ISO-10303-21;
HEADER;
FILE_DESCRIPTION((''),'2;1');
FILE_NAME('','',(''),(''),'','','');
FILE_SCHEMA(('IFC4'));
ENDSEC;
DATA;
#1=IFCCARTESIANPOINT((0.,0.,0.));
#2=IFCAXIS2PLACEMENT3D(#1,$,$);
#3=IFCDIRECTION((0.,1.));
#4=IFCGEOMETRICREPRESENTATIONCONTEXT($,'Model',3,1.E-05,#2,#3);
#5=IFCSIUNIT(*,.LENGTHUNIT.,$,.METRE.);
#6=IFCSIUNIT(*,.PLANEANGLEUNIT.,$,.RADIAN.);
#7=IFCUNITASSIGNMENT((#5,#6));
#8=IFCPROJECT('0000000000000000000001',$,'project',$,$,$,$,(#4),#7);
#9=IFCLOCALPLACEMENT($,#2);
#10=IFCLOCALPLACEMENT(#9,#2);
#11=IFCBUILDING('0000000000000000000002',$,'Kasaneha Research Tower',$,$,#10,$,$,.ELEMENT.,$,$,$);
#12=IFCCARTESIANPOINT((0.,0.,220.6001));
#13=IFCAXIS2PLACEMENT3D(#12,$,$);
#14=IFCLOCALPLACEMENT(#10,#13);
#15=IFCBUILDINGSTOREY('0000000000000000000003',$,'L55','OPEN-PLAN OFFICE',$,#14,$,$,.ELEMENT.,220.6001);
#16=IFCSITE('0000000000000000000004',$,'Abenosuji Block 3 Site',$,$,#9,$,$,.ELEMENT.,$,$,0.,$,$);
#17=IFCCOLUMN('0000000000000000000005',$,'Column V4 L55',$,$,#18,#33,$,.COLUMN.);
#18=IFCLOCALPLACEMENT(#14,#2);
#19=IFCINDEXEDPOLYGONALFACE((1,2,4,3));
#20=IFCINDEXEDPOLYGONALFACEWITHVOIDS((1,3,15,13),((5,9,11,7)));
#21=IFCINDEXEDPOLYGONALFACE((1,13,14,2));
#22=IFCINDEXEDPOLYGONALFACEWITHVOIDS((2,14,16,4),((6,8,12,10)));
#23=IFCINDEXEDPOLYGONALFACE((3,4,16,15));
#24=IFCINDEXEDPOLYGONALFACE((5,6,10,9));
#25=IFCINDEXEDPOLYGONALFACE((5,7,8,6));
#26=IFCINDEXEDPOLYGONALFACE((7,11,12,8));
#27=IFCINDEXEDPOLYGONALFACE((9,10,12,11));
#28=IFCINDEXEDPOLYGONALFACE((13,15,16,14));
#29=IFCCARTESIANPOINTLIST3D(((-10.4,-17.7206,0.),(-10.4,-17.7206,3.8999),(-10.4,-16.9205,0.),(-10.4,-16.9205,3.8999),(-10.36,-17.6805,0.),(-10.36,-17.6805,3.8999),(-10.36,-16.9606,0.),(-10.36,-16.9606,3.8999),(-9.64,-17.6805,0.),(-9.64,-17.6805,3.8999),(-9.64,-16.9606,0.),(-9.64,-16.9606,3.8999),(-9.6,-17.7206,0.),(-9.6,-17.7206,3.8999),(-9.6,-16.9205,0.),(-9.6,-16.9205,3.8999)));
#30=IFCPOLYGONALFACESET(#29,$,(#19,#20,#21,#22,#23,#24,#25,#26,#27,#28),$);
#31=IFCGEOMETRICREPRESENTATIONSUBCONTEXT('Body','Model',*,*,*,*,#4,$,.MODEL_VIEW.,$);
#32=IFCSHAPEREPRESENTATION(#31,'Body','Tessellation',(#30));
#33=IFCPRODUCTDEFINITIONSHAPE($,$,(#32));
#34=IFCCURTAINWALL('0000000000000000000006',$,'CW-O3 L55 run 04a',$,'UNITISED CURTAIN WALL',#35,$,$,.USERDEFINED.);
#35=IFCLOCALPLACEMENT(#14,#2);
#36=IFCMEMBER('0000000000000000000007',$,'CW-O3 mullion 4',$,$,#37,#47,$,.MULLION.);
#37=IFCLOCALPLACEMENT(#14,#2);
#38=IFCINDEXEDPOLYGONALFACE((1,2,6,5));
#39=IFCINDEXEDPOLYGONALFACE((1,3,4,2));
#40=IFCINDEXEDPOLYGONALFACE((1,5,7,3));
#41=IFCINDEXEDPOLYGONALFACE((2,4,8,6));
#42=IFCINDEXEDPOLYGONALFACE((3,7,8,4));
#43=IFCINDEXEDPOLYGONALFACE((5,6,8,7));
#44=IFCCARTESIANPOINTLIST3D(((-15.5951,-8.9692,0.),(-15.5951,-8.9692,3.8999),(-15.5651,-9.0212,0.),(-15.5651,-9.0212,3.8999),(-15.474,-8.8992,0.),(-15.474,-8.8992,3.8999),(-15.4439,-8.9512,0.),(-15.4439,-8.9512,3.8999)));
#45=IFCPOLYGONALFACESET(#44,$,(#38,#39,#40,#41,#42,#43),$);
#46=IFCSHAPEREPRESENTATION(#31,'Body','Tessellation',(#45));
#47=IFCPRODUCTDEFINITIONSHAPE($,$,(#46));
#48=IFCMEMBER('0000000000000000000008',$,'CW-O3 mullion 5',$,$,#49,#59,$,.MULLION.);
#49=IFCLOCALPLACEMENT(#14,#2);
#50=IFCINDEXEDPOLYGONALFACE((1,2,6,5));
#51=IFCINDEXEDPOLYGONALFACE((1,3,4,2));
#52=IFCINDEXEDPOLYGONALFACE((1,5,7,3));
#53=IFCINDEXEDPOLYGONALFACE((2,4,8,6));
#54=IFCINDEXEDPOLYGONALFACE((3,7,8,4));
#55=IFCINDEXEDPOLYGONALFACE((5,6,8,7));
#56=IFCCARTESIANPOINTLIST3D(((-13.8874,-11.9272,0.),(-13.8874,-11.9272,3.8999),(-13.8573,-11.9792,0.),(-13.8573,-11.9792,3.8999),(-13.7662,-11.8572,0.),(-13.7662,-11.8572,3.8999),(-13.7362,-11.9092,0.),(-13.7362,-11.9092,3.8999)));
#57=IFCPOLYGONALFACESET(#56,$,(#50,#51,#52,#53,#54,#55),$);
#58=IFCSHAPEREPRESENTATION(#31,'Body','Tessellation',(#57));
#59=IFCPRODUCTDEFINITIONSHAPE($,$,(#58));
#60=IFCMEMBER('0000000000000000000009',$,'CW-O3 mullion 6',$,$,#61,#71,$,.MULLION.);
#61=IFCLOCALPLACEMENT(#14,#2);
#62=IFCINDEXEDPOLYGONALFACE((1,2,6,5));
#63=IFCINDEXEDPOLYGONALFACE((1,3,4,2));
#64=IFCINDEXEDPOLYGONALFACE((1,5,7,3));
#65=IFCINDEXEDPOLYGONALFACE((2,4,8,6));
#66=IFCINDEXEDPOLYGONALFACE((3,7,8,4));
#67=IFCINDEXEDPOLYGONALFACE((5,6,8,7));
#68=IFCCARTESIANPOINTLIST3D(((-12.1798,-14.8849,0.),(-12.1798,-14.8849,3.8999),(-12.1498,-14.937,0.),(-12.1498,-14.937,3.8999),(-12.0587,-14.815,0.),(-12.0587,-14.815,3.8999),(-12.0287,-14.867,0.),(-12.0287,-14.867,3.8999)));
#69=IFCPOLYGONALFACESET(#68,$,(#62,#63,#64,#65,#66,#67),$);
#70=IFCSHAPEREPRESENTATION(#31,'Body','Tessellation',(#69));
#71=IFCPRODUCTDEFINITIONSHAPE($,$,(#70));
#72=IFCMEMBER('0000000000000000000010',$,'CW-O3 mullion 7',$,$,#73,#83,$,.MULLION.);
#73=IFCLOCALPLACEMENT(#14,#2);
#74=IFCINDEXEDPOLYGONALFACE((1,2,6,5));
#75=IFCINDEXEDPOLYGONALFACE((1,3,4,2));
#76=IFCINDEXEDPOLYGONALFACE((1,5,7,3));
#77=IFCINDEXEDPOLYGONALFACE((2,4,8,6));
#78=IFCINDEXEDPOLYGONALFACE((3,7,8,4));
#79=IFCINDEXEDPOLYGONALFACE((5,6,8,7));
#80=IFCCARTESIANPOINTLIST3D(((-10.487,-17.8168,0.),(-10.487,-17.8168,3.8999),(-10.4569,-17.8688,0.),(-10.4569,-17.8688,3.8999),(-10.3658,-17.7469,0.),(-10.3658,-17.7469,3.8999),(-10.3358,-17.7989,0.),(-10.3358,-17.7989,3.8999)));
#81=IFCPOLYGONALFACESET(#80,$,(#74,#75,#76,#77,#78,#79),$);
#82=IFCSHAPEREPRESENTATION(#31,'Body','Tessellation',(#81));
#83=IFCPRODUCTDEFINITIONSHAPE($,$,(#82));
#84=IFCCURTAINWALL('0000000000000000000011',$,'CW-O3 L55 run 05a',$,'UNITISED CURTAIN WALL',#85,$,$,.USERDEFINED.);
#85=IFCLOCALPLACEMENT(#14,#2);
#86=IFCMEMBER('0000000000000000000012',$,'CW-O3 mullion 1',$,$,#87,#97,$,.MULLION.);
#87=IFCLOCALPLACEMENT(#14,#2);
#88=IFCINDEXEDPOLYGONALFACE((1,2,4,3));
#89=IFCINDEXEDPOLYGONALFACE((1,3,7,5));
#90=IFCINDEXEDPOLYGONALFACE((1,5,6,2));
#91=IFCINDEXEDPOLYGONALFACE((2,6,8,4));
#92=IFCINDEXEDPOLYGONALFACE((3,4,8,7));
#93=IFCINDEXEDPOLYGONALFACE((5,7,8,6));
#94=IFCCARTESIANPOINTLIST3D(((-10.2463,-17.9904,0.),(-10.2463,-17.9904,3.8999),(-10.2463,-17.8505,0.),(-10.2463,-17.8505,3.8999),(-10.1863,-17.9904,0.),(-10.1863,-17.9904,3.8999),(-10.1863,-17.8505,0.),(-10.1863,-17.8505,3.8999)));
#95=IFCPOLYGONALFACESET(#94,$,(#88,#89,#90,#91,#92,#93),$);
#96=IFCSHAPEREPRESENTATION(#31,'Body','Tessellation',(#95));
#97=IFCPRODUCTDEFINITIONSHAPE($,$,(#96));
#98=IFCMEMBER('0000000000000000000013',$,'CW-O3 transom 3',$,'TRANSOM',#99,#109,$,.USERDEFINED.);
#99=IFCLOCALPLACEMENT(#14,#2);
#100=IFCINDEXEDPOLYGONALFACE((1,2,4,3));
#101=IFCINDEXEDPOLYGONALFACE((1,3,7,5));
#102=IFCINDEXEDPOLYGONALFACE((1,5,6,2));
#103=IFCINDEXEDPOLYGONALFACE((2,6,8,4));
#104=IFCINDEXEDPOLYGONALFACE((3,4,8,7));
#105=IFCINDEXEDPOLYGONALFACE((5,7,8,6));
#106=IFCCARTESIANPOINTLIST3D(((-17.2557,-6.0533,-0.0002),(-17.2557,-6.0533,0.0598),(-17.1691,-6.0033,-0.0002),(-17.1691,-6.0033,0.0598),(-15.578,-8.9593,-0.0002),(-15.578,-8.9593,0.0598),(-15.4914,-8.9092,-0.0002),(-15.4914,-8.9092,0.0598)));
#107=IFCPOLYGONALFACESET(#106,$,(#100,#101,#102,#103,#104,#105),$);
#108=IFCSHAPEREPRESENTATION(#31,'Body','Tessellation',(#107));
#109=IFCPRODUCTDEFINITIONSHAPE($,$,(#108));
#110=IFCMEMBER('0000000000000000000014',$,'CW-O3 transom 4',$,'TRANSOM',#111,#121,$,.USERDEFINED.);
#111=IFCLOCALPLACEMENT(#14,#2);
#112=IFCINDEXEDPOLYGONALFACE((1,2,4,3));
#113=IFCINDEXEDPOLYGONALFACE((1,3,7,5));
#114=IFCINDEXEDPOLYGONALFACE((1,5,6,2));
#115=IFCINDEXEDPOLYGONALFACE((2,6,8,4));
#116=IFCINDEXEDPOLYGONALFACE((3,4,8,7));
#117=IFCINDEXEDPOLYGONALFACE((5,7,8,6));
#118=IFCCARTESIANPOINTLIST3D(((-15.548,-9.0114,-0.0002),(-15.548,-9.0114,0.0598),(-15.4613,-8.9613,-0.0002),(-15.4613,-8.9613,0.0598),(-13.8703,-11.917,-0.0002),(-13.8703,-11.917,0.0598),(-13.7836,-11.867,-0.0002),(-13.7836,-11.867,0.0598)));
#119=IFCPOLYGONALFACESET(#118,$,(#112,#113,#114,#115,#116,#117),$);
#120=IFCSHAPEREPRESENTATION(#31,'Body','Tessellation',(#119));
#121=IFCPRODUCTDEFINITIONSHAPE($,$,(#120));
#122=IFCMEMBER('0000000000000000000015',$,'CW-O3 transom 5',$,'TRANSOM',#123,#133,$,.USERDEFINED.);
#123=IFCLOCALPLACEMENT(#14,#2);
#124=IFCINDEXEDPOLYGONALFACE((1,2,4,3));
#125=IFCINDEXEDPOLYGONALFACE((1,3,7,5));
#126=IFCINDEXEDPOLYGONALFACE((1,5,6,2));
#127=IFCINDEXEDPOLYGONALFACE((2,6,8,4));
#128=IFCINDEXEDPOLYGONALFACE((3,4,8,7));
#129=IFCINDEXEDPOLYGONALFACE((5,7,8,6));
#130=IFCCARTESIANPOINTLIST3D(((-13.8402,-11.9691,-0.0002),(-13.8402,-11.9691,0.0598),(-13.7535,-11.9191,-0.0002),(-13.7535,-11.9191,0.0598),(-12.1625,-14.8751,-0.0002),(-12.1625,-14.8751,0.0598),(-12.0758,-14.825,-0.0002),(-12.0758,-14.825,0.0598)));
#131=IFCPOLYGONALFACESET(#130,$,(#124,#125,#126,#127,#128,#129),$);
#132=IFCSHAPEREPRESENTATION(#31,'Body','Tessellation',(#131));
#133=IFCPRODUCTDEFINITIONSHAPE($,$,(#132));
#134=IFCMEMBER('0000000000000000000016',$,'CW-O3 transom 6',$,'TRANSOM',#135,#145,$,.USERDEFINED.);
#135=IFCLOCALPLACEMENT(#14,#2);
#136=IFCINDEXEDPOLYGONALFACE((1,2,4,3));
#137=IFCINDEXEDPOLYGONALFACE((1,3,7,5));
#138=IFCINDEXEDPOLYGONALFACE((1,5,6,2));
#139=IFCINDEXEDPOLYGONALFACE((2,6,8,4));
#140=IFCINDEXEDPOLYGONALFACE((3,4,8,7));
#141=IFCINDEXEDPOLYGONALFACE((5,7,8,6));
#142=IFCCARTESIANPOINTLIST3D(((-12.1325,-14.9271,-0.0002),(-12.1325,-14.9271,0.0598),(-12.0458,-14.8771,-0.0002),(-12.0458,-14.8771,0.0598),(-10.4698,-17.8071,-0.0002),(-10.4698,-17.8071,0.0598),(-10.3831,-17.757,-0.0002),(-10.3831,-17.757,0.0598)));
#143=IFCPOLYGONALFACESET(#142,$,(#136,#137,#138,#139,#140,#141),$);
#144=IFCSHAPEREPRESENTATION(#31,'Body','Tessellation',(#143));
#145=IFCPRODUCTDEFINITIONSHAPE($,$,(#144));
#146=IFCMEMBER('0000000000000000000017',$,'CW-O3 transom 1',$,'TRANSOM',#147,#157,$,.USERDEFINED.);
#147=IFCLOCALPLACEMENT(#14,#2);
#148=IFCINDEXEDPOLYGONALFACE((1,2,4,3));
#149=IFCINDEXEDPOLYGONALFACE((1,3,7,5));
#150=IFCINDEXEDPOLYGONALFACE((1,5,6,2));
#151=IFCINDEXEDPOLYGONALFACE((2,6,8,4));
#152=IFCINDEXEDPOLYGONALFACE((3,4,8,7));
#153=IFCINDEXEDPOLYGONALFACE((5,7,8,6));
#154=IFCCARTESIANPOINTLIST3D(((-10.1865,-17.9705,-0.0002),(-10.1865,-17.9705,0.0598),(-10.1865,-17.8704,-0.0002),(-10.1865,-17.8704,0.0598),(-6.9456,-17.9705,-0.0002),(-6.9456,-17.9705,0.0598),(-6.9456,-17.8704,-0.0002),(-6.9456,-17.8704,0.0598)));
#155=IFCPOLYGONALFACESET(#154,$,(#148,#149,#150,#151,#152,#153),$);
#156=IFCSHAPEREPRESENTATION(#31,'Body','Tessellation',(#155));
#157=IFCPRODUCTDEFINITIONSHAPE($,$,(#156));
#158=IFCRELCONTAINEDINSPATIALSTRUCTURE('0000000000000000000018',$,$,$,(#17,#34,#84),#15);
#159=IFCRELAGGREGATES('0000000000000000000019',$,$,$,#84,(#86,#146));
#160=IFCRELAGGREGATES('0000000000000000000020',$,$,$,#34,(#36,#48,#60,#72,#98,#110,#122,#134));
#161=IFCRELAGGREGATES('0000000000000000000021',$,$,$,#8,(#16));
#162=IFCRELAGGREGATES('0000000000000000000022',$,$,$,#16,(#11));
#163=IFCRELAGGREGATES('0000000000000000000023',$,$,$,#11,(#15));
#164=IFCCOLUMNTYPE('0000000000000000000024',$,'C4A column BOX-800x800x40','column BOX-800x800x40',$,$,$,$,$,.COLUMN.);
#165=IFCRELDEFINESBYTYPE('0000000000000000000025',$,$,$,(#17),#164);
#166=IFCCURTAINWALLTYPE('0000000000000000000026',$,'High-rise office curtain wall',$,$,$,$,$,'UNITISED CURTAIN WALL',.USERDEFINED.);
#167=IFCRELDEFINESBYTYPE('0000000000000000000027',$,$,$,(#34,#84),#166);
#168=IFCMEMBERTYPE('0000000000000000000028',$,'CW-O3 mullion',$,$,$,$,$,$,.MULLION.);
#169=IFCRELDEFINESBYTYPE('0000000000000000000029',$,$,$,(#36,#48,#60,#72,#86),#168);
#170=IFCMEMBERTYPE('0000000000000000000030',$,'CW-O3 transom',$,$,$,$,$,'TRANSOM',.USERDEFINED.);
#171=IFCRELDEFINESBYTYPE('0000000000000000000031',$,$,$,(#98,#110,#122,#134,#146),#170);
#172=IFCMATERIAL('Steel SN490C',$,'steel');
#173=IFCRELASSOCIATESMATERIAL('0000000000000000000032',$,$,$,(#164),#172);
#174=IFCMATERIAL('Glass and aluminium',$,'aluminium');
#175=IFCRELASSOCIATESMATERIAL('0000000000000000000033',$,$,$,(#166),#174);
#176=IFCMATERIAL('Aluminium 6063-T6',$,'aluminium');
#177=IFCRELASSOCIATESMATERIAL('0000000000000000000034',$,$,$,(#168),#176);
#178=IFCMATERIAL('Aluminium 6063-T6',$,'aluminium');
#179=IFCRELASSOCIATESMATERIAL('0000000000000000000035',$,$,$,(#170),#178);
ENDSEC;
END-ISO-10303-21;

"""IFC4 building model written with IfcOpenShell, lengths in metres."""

from ifc_helpers import new_model, si_unit, direction, frame, origin, origin_2d, place, context, subcontext, project, spatial, rectangle, hollow_rectangle, extrude, material, material_profile, profile_set, type_object, element, aggregate, save


model = new_model("IFC4")

# Units and contexts
model_context = context("Model", 3, precision=1e-05, world=origin(), true_north=direction((0.0, 1.0)))
body_context = subcontext(model_context, "Body", "Model", "MODEL_VIEW")
ifc_project = project(units=[si_unit("LENGTHUNIT", "METRE"), si_unit("PLANEANGLEUNIT", "RADIAN")], contexts=[model_context])

# Site, building, storey
site_placement = place(None, origin())
site = spatial("IfcSite", under=ifc_project, at=site_placement, Name="Abenosuji Block 3 Site", CompositionType="ELEMENT", RefElevation=0.0)
building_placement = place(site_placement, origin())
building = spatial("IfcBuilding", under=site, at=building_placement, Name="Kasaneha Research Tower", CompositionType="ELEMENT")
storey_placement = place(building_placement, frame((0.0, 0.0, 220.6001)))
storey = spatial("IfcBuildingStorey", under=building, at=storey_placement, Name="L55", Description="OPEN-PLAN OFFICE", CompositionType="ELEMENT", Elevation=220.6001)

# Column
ifc_material_1 = material(Name="Steel SN490C", Category="steel")
ifc_material_profile_1 = material_profile(ifc_material_1, hollow_rectangle(XDim=0.8, YDim=0.8, WallThickness=0.04, at=origin_2d()), Name="BOX-800x800x40")
ifc_profile_set_1 = profile_set([ifc_material_profile_1], Name="Steel SN490C")
column_type = type_object("IfcColumnType", Name="C4A column BOX-800x800x40", Description="column BOX-800x800x40", PredefinedType="COLUMN", material=ifc_profile_set_1)
column_placement = place(storey_placement, frame((-10.0, -17.3206, 0.0), z_axis=(0.0, 0.0, 1.0), x_axis=(1.0, 0.0, 0.0)))
element("IfcColumn", 1, at=column_placement, inside=storey, type_object=column_type, Name="Column V4 L55", PredefinedType="COLUMN", context=body_context, shape_type="SweptSolid", body=[
    extrude(hollow_rectangle(XDim=0.8, YDim=0.8, WallThickness=0.04, at=origin_2d()), origin(), (0.0, 0.0, 1.0), 3.8999),
])

# Curtain wall, members
ifc_material_2 = material(Name="Glass and aluminium", Category="aluminium")
curtain_wall_type = type_object("IfcCurtainWallType", Name="High-rise office curtain wall", ElementType="UNITISED CURTAIN WALL", PredefinedType="USERDEFINED", material=ifc_material_2)
curtain_wall_1_placement = place(storey_placement, origin())
curtain_wall_1 = element("IfcCurtainWall", 2, at=curtain_wall_1_placement, inside=storey, type_object=curtain_wall_type, Name="CW-O3 L55 run 04a", ObjectType="UNITISED CURTAIN WALL", PredefinedType="USERDEFINED")
ifc_material_3 = material(Name="Aluminium 6063-T6", Category="aluminium")
ifc_material_profile_2 = material_profile(ifc_material_3, rectangle(XDim=0.0601, YDim=0.1399, at=origin_2d()), Name="CW-O3 mullion 60x140")
ifc_profile_set_2 = profile_set([ifc_material_profile_2], Name="Aluminium 6063-T6")
member_type_1 = type_object("IfcMemberType", Name="CW-O3 mullion", PredefinedType="MULLION", material=ifc_profile_set_2)
member_1_placement = place(storey_placement, frame((-15.5195, -8.9602, 0.0), z_axis=(0.0, 0.0, 1.0), x_axis=(0.5, -0.866025, 0.0)))
member_1 = element("IfcMember", 3, at=member_1_placement, type_object=member_type_1, Name="CW-O3 mullion 4", PredefinedType="MULLION", context=body_context, shape_type="SweptSolid", body=[
    extrude(rectangle(XDim=0.0601, YDim=0.1399, at=origin_2d()), origin(), (0.0, 0.0, 1.0), 3.8999),
])
member_2_placement = place(storey_placement, frame((-13.8118, -11.9182, 0.0), z_axis=(0.0, 0.0, 1.0), x_axis=(0.5, -0.866025, 0.0)))
member_2 = element("IfcMember", 4, at=member_2_placement, type_object=member_type_1, Name="CW-O3 mullion 5", PredefinedType="MULLION", context=body_context, shape_type="SweptSolid", body=[
    extrude(rectangle(XDim=0.0601, YDim=0.1399, at=origin_2d()), origin(), (0.0, 0.0, 1.0), 3.8999),
])
member_3_placement = place(storey_placement, frame((-12.1042, -14.876, 0.0), z_axis=(0.0, 0.0, 1.0), x_axis=(0.5, -0.866025, 0.0)))
member_3 = element("IfcMember", 5, at=member_3_placement, type_object=member_type_1, Name="CW-O3 mullion 6", PredefinedType="MULLION", context=body_context, shape_type="SweptSolid", body=[
    extrude(rectangle(XDim=0.0601, YDim=0.1399, at=origin_2d()), origin(), (0.0, 0.0, 1.0), 3.8999),
])
member_4_placement = place(storey_placement, frame((-10.4114, -17.8079, 0.0), z_axis=(0.0, 0.0, 1.0), x_axis=(0.5, -0.866025, 0.0)))
member_4 = element("IfcMember", 6, at=member_4_placement, type_object=member_type_1, Name="CW-O3 mullion 7", PredefinedType="MULLION", context=body_context, shape_type="SweptSolid", body=[
    extrude(rectangle(XDim=0.0601, YDim=0.1399, at=origin_2d()), origin(), (0.0, 0.0, 1.0), 3.8999),
])

# Curtain wall, member
curtain_wall_2_placement = place(storey_placement, origin())
curtain_wall_2 = element("IfcCurtainWall", 7, at=curtain_wall_2_placement, inside=storey, type_object=curtain_wall_type, Name="CW-O3 L55 run 05a", ObjectType="UNITISED CURTAIN WALL", PredefinedType="USERDEFINED")
member_5_placement = place(storey_placement, frame((-10.2163, -17.9204, 0.0), z_axis=(0.0, 0.0, 1.0), x_axis=(1.0, 0.0, 0.0)))
member_5 = element("IfcMember", 8, at=member_5_placement, type_object=member_type_1, Name="CW-O3 mullion 1", PredefinedType="MULLION", context=body_context, shape_type="SweptSolid", body=[
    extrude(rectangle(XDim=0.0601, YDim=0.1399, at=origin_2d()), origin(), (0.0, 0.0, 1.0), 3.8999),
])

# Members
ifc_material_4 = material(Name="Aluminium 6063-T6", Category="aluminium")
ifc_material_profile_3 = material_profile(ifc_material_4, rectangle(XDim=0.1001, YDim=0.0601, at=origin_2d()), Name="CW-O3 transom 100x60")
ifc_profile_set_3 = profile_set([ifc_material_profile_3], Name="Aluminium 6063-T6")
member_type_2 = type_object("IfcMemberType", Name="CW-O3 transom", ElementType="TRANSOM", PredefinedType="USERDEFINED", material=ifc_profile_set_3)
member_6_placement = place(storey_placement, frame((-17.2124, -6.0283, 0.0298), z_axis=(0.499989, -0.866032, 0.0), x_axis=(0.866032, 0.499989, 0.0)))
member_6 = element("IfcMember", 9, at=member_6_placement, type_object=member_type_2, Name="CW-O3 transom 3", ObjectType="TRANSOM", PredefinedType="USERDEFINED", context=body_context, shape_type="SweptSolid", body=[
    extrude(rectangle(XDim=0.1001, YDim=0.0601, at=origin_2d()), origin(), (0.0, 0.0, 1.0), 3.3555),
])
member_7_placement = place(storey_placement, frame((-15.5046, -8.9863, 0.0298), z_axis=(0.500021, -0.866014, 0.0), x_axis=(0.866014, 0.500021, 0.0)))
member_7 = element("IfcMember", 10, at=member_7_placement, type_object=member_type_2, Name="CW-O3 transom 4", ObjectType="TRANSOM", PredefinedType="USERDEFINED", context=body_context, shape_type="SweptSolid", body=[
    extrude(rectangle(XDim=0.1001, YDim=0.0601, at=origin_2d()), origin(), (0.0, 0.0, 1.0), 3.3552),
])
member_8_placement = place(storey_placement, frame((-13.7969, -11.9441, 0.0298), z_axis=(0.499989, -0.866032, 0.0), x_axis=(0.866032, 0.499989, 0.0)))
member_8 = element("IfcMember", 11, at=member_8_placement, type_object=member_type_2, Name="CW-O3 transom 5", ObjectType="TRANSOM", PredefinedType="USERDEFINED", context=body_context, shape_type="SweptSolid", body=[
    extrude(rectangle(XDim=0.1001, YDim=0.0601, at=origin_2d()), origin(), (0.0, 0.0, 1.0), 3.3555),
])
member_9_placement = place(storey_placement, frame((-12.0891, -14.9021, 0.0298), z_axis=(0.499977, -0.866039, 0.0), x_axis=(0.866039, 0.499977, 0.0)))
member_9 = element("IfcMember", 12, at=member_9_placement, type_object=member_type_2, Name="CW-O3 transom 6", ObjectType="TRANSOM", PredefinedType="USERDEFINED", context=body_context, shape_type="SweptSolid", body=[
    extrude(rectangle(XDim=0.1001, YDim=0.0601, at=origin_2d()), origin(), (0.0, 0.0, 1.0), 3.3254),
])
member_10_placement = place(storey_placement, frame((-10.1865, -17.9204, 0.0298), z_axis=(1.0, 0.0, 0.0), x_axis=(0.0, 1.0, 0.0)))
member_10 = element("IfcMember", 13, at=member_10_placement, type_object=member_type_2, Name="CW-O3 transom 1", ObjectType="TRANSOM", PredefinedType="USERDEFINED", context=body_context, shape_type="SweptSolid", body=[
    extrude(rectangle(XDim=0.1001, YDim=0.0601, at=origin_2d()), origin(), (0.0, 0.0, 1.0), 3.241),
])
aggregate(curtain_wall_2, [member_5, member_10])

aggregate(curtain_wall_1, [member_1, member_2, member_3, member_4, member_6, member_7, member_8, member_9])

save(model, "model.ifc")
